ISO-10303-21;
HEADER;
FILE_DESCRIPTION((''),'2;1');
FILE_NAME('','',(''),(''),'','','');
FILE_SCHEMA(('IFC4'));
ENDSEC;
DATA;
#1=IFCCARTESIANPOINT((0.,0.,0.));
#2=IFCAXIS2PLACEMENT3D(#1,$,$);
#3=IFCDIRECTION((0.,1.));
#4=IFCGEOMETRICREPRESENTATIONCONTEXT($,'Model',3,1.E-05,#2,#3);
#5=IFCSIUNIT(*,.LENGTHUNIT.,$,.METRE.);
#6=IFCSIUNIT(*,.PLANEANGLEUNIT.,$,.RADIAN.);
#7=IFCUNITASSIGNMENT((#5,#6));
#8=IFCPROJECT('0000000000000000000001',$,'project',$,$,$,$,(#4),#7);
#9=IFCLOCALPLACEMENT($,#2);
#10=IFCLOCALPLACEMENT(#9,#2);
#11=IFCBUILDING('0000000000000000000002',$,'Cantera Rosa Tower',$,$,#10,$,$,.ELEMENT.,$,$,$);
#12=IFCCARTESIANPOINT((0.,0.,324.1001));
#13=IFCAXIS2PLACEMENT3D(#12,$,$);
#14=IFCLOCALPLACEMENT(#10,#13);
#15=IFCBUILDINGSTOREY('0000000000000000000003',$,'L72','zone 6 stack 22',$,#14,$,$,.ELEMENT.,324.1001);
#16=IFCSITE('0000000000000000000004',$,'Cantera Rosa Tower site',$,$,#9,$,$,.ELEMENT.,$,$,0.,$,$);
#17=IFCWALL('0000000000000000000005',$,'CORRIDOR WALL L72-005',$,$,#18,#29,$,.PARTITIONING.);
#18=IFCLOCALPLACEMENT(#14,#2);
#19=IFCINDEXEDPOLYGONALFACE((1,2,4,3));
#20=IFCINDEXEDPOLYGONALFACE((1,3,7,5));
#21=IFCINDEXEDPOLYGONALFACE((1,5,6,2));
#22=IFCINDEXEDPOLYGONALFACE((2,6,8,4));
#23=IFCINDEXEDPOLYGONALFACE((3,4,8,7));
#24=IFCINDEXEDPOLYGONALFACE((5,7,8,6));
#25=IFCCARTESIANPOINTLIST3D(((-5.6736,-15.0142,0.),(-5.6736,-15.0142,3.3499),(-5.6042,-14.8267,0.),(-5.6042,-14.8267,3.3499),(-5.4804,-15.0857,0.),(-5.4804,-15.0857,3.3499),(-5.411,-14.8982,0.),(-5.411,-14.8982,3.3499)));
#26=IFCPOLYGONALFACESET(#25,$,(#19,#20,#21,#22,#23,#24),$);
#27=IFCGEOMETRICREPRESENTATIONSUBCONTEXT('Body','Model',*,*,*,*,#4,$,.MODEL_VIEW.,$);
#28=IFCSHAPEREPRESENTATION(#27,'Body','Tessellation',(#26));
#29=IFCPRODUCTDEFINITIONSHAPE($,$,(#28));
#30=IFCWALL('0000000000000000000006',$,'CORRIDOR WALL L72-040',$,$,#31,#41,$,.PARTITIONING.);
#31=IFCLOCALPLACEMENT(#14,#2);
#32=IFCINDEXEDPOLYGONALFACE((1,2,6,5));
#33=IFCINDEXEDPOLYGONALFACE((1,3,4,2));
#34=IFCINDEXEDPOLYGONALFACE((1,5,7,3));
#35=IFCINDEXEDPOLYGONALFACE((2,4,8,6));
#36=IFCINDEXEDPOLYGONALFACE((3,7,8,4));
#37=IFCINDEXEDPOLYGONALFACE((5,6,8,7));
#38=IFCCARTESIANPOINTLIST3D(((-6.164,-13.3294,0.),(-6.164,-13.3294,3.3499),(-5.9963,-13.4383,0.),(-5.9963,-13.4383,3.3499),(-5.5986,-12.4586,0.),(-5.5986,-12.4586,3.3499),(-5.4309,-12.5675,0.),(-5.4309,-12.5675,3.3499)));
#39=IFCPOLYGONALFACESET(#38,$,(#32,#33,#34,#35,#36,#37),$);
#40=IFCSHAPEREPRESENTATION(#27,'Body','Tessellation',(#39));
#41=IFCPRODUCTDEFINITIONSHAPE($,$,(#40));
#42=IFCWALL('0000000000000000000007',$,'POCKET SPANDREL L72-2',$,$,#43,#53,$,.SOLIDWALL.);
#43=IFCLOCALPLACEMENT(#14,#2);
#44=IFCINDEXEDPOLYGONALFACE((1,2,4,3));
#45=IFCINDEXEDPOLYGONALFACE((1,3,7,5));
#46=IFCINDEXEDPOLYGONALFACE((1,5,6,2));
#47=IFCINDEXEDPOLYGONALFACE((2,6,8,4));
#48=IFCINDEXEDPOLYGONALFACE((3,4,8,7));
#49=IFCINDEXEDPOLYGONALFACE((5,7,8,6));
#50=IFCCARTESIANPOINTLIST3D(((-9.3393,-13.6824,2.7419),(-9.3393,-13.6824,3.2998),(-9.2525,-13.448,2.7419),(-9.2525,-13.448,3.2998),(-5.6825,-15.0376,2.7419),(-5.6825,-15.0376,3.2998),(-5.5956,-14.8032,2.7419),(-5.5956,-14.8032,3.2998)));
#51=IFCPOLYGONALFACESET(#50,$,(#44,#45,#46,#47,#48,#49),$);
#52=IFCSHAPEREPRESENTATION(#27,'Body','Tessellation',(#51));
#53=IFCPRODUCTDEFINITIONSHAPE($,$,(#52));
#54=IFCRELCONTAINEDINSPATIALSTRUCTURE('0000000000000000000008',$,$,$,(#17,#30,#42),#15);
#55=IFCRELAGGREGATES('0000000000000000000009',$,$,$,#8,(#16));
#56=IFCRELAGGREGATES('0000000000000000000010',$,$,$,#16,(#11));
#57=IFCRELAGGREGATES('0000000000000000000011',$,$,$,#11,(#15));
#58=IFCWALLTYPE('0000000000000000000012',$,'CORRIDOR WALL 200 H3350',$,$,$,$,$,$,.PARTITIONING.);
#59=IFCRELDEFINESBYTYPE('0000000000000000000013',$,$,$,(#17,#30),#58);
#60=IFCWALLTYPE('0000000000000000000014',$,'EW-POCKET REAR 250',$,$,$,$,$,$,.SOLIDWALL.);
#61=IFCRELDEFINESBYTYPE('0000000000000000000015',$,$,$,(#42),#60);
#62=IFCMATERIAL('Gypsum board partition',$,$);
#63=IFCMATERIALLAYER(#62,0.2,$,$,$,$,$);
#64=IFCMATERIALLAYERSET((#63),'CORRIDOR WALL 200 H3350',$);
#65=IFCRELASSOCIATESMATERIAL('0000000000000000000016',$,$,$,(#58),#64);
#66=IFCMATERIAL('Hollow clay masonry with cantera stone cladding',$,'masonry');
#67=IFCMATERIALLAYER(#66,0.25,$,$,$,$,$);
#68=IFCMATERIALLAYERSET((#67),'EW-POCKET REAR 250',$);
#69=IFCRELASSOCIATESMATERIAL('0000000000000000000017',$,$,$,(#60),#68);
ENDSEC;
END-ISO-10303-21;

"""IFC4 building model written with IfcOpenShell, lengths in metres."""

from ifc_helpers import new_model, si_unit, direction, frame, frame_2d, origin, place, context, subcontext, project, spatial, rectangle, extrude, material, layer, layer_set, type_object, element, save


model = new_model("IFC4")

# Units and contexts
model_context = context("Model", 3, precision=1e-05, world=origin(), true_north=direction((0.0, 1.0)))
body_context = subcontext(model_context, "Body", "Model", "MODEL_VIEW")
ifc_project = project(units=[si_unit("LENGTHUNIT", "METRE"), si_unit("PLANEANGLEUNIT", "RADIAN")], contexts=[model_context])

# Site, building, storey
site_placement = place(None, origin())
site = spatial("IfcSite", under=ifc_project, at=site_placement, Name="Cantera Rosa Tower site", CompositionType="ELEMENT", RefElevation=0.0)
building_placement = place(site_placement, origin())
building = spatial("IfcBuilding", under=site, at=building_placement, Name="Cantera Rosa Tower", CompositionType="ELEMENT")
storey_placement = place(building_placement, frame((0.0, 0.0, 324.1001)))
storey = spatial("IfcBuildingStorey", under=building, at=storey_placement, Name="L72", Description="zone 6 stack 22", CompositionType="ELEMENT", Elevation=324.1001)

# Walls
ifc_material_1 = material(Name="Gypsum board partition")
ifc_layer_1 = layer(ifc_material_1, 0.2)
ifc_layer_set_1 = layer_set([ifc_layer_1], Name="CORRIDOR WALL 200 H3350")
wall_type_1 = type_object("IfcWallType", Name="CORRIDOR WALL 200 H3350", PredefinedType="PARTITIONING", material=ifc_layer_set_1)
wall_1_placement = place(storey_placement, frame((-5.6389, -14.9204, 0.0), z_axis=(0.0, 0.0, 1.0), x_axis=(0.937734, -0.347353, 0.0)))
element("IfcWall", 1, at=wall_1_placement, inside=storey, type_object=wall_type_1, Name="CORRIDOR WALL L72-005", PredefinedType="PARTITIONING", context=body_context, shape_type="SweptSolid", body=[
    extrude(rectangle(XDim=0.2061, YDim=0.2, at=frame_2d((0.103, 0.0))), origin(), (0.0, 0.0, 1.0), 3.3499),
])
wall_2_placement = place(storey_placement, frame((-6.0801, -13.3838, 0.0), z_axis=(0.0, 0.0, 1.0), x_axis=(0.544567, 0.838717, 0.0)))
element("IfcWall", 2, at=wall_2_placement, inside=storey, type_object=wall_type_1, Name="CORRIDOR WALL L72-040", PredefinedType="PARTITIONING", context=body_context, shape_type="SweptSolid", body=[
    extrude(rectangle(XDim=1.0383, YDim=0.2, at=frame_2d((0.519, 0.0))), origin(), (0.0, 0.0, 1.0), 3.3499),
])
ifc_material_2 = material(Name="Hollow clay masonry with cantera stone cladding", Category="masonry")
ifc_layer_2 = layer(ifc_material_2, 0.25)
ifc_layer_set_2 = layer_set([ifc_layer_2], Name="EW-POCKET REAR 250")
wall_type_2 = type_object("IfcWallType", Name="EW-POCKET REAR 250", PredefinedType="SOLIDWALL", material=ifc_layer_set_2)
wall_3_placement = place(storey_placement, frame((-9.2959, -13.5652, 2.7419), z_axis=(0.0, 0.0, 1.0), x_axis=(0.937683, -0.347492, 0.0)))
element("IfcWall", 3, at=wall_3_placement, inside=storey, type_object=wall_type_2, Name="POCKET SPANDREL L72-2", PredefinedType="SOLIDWALL", context=body_context, shape_type="SweptSolid", body=[
    extrude(rectangle(XDim=3.8999, YDim=0.25, at=frame_2d((1.95, 0.0))), origin(), (0.0, 0.0, 1.0), 0.5579),
])

save(model, "model.ifc")
